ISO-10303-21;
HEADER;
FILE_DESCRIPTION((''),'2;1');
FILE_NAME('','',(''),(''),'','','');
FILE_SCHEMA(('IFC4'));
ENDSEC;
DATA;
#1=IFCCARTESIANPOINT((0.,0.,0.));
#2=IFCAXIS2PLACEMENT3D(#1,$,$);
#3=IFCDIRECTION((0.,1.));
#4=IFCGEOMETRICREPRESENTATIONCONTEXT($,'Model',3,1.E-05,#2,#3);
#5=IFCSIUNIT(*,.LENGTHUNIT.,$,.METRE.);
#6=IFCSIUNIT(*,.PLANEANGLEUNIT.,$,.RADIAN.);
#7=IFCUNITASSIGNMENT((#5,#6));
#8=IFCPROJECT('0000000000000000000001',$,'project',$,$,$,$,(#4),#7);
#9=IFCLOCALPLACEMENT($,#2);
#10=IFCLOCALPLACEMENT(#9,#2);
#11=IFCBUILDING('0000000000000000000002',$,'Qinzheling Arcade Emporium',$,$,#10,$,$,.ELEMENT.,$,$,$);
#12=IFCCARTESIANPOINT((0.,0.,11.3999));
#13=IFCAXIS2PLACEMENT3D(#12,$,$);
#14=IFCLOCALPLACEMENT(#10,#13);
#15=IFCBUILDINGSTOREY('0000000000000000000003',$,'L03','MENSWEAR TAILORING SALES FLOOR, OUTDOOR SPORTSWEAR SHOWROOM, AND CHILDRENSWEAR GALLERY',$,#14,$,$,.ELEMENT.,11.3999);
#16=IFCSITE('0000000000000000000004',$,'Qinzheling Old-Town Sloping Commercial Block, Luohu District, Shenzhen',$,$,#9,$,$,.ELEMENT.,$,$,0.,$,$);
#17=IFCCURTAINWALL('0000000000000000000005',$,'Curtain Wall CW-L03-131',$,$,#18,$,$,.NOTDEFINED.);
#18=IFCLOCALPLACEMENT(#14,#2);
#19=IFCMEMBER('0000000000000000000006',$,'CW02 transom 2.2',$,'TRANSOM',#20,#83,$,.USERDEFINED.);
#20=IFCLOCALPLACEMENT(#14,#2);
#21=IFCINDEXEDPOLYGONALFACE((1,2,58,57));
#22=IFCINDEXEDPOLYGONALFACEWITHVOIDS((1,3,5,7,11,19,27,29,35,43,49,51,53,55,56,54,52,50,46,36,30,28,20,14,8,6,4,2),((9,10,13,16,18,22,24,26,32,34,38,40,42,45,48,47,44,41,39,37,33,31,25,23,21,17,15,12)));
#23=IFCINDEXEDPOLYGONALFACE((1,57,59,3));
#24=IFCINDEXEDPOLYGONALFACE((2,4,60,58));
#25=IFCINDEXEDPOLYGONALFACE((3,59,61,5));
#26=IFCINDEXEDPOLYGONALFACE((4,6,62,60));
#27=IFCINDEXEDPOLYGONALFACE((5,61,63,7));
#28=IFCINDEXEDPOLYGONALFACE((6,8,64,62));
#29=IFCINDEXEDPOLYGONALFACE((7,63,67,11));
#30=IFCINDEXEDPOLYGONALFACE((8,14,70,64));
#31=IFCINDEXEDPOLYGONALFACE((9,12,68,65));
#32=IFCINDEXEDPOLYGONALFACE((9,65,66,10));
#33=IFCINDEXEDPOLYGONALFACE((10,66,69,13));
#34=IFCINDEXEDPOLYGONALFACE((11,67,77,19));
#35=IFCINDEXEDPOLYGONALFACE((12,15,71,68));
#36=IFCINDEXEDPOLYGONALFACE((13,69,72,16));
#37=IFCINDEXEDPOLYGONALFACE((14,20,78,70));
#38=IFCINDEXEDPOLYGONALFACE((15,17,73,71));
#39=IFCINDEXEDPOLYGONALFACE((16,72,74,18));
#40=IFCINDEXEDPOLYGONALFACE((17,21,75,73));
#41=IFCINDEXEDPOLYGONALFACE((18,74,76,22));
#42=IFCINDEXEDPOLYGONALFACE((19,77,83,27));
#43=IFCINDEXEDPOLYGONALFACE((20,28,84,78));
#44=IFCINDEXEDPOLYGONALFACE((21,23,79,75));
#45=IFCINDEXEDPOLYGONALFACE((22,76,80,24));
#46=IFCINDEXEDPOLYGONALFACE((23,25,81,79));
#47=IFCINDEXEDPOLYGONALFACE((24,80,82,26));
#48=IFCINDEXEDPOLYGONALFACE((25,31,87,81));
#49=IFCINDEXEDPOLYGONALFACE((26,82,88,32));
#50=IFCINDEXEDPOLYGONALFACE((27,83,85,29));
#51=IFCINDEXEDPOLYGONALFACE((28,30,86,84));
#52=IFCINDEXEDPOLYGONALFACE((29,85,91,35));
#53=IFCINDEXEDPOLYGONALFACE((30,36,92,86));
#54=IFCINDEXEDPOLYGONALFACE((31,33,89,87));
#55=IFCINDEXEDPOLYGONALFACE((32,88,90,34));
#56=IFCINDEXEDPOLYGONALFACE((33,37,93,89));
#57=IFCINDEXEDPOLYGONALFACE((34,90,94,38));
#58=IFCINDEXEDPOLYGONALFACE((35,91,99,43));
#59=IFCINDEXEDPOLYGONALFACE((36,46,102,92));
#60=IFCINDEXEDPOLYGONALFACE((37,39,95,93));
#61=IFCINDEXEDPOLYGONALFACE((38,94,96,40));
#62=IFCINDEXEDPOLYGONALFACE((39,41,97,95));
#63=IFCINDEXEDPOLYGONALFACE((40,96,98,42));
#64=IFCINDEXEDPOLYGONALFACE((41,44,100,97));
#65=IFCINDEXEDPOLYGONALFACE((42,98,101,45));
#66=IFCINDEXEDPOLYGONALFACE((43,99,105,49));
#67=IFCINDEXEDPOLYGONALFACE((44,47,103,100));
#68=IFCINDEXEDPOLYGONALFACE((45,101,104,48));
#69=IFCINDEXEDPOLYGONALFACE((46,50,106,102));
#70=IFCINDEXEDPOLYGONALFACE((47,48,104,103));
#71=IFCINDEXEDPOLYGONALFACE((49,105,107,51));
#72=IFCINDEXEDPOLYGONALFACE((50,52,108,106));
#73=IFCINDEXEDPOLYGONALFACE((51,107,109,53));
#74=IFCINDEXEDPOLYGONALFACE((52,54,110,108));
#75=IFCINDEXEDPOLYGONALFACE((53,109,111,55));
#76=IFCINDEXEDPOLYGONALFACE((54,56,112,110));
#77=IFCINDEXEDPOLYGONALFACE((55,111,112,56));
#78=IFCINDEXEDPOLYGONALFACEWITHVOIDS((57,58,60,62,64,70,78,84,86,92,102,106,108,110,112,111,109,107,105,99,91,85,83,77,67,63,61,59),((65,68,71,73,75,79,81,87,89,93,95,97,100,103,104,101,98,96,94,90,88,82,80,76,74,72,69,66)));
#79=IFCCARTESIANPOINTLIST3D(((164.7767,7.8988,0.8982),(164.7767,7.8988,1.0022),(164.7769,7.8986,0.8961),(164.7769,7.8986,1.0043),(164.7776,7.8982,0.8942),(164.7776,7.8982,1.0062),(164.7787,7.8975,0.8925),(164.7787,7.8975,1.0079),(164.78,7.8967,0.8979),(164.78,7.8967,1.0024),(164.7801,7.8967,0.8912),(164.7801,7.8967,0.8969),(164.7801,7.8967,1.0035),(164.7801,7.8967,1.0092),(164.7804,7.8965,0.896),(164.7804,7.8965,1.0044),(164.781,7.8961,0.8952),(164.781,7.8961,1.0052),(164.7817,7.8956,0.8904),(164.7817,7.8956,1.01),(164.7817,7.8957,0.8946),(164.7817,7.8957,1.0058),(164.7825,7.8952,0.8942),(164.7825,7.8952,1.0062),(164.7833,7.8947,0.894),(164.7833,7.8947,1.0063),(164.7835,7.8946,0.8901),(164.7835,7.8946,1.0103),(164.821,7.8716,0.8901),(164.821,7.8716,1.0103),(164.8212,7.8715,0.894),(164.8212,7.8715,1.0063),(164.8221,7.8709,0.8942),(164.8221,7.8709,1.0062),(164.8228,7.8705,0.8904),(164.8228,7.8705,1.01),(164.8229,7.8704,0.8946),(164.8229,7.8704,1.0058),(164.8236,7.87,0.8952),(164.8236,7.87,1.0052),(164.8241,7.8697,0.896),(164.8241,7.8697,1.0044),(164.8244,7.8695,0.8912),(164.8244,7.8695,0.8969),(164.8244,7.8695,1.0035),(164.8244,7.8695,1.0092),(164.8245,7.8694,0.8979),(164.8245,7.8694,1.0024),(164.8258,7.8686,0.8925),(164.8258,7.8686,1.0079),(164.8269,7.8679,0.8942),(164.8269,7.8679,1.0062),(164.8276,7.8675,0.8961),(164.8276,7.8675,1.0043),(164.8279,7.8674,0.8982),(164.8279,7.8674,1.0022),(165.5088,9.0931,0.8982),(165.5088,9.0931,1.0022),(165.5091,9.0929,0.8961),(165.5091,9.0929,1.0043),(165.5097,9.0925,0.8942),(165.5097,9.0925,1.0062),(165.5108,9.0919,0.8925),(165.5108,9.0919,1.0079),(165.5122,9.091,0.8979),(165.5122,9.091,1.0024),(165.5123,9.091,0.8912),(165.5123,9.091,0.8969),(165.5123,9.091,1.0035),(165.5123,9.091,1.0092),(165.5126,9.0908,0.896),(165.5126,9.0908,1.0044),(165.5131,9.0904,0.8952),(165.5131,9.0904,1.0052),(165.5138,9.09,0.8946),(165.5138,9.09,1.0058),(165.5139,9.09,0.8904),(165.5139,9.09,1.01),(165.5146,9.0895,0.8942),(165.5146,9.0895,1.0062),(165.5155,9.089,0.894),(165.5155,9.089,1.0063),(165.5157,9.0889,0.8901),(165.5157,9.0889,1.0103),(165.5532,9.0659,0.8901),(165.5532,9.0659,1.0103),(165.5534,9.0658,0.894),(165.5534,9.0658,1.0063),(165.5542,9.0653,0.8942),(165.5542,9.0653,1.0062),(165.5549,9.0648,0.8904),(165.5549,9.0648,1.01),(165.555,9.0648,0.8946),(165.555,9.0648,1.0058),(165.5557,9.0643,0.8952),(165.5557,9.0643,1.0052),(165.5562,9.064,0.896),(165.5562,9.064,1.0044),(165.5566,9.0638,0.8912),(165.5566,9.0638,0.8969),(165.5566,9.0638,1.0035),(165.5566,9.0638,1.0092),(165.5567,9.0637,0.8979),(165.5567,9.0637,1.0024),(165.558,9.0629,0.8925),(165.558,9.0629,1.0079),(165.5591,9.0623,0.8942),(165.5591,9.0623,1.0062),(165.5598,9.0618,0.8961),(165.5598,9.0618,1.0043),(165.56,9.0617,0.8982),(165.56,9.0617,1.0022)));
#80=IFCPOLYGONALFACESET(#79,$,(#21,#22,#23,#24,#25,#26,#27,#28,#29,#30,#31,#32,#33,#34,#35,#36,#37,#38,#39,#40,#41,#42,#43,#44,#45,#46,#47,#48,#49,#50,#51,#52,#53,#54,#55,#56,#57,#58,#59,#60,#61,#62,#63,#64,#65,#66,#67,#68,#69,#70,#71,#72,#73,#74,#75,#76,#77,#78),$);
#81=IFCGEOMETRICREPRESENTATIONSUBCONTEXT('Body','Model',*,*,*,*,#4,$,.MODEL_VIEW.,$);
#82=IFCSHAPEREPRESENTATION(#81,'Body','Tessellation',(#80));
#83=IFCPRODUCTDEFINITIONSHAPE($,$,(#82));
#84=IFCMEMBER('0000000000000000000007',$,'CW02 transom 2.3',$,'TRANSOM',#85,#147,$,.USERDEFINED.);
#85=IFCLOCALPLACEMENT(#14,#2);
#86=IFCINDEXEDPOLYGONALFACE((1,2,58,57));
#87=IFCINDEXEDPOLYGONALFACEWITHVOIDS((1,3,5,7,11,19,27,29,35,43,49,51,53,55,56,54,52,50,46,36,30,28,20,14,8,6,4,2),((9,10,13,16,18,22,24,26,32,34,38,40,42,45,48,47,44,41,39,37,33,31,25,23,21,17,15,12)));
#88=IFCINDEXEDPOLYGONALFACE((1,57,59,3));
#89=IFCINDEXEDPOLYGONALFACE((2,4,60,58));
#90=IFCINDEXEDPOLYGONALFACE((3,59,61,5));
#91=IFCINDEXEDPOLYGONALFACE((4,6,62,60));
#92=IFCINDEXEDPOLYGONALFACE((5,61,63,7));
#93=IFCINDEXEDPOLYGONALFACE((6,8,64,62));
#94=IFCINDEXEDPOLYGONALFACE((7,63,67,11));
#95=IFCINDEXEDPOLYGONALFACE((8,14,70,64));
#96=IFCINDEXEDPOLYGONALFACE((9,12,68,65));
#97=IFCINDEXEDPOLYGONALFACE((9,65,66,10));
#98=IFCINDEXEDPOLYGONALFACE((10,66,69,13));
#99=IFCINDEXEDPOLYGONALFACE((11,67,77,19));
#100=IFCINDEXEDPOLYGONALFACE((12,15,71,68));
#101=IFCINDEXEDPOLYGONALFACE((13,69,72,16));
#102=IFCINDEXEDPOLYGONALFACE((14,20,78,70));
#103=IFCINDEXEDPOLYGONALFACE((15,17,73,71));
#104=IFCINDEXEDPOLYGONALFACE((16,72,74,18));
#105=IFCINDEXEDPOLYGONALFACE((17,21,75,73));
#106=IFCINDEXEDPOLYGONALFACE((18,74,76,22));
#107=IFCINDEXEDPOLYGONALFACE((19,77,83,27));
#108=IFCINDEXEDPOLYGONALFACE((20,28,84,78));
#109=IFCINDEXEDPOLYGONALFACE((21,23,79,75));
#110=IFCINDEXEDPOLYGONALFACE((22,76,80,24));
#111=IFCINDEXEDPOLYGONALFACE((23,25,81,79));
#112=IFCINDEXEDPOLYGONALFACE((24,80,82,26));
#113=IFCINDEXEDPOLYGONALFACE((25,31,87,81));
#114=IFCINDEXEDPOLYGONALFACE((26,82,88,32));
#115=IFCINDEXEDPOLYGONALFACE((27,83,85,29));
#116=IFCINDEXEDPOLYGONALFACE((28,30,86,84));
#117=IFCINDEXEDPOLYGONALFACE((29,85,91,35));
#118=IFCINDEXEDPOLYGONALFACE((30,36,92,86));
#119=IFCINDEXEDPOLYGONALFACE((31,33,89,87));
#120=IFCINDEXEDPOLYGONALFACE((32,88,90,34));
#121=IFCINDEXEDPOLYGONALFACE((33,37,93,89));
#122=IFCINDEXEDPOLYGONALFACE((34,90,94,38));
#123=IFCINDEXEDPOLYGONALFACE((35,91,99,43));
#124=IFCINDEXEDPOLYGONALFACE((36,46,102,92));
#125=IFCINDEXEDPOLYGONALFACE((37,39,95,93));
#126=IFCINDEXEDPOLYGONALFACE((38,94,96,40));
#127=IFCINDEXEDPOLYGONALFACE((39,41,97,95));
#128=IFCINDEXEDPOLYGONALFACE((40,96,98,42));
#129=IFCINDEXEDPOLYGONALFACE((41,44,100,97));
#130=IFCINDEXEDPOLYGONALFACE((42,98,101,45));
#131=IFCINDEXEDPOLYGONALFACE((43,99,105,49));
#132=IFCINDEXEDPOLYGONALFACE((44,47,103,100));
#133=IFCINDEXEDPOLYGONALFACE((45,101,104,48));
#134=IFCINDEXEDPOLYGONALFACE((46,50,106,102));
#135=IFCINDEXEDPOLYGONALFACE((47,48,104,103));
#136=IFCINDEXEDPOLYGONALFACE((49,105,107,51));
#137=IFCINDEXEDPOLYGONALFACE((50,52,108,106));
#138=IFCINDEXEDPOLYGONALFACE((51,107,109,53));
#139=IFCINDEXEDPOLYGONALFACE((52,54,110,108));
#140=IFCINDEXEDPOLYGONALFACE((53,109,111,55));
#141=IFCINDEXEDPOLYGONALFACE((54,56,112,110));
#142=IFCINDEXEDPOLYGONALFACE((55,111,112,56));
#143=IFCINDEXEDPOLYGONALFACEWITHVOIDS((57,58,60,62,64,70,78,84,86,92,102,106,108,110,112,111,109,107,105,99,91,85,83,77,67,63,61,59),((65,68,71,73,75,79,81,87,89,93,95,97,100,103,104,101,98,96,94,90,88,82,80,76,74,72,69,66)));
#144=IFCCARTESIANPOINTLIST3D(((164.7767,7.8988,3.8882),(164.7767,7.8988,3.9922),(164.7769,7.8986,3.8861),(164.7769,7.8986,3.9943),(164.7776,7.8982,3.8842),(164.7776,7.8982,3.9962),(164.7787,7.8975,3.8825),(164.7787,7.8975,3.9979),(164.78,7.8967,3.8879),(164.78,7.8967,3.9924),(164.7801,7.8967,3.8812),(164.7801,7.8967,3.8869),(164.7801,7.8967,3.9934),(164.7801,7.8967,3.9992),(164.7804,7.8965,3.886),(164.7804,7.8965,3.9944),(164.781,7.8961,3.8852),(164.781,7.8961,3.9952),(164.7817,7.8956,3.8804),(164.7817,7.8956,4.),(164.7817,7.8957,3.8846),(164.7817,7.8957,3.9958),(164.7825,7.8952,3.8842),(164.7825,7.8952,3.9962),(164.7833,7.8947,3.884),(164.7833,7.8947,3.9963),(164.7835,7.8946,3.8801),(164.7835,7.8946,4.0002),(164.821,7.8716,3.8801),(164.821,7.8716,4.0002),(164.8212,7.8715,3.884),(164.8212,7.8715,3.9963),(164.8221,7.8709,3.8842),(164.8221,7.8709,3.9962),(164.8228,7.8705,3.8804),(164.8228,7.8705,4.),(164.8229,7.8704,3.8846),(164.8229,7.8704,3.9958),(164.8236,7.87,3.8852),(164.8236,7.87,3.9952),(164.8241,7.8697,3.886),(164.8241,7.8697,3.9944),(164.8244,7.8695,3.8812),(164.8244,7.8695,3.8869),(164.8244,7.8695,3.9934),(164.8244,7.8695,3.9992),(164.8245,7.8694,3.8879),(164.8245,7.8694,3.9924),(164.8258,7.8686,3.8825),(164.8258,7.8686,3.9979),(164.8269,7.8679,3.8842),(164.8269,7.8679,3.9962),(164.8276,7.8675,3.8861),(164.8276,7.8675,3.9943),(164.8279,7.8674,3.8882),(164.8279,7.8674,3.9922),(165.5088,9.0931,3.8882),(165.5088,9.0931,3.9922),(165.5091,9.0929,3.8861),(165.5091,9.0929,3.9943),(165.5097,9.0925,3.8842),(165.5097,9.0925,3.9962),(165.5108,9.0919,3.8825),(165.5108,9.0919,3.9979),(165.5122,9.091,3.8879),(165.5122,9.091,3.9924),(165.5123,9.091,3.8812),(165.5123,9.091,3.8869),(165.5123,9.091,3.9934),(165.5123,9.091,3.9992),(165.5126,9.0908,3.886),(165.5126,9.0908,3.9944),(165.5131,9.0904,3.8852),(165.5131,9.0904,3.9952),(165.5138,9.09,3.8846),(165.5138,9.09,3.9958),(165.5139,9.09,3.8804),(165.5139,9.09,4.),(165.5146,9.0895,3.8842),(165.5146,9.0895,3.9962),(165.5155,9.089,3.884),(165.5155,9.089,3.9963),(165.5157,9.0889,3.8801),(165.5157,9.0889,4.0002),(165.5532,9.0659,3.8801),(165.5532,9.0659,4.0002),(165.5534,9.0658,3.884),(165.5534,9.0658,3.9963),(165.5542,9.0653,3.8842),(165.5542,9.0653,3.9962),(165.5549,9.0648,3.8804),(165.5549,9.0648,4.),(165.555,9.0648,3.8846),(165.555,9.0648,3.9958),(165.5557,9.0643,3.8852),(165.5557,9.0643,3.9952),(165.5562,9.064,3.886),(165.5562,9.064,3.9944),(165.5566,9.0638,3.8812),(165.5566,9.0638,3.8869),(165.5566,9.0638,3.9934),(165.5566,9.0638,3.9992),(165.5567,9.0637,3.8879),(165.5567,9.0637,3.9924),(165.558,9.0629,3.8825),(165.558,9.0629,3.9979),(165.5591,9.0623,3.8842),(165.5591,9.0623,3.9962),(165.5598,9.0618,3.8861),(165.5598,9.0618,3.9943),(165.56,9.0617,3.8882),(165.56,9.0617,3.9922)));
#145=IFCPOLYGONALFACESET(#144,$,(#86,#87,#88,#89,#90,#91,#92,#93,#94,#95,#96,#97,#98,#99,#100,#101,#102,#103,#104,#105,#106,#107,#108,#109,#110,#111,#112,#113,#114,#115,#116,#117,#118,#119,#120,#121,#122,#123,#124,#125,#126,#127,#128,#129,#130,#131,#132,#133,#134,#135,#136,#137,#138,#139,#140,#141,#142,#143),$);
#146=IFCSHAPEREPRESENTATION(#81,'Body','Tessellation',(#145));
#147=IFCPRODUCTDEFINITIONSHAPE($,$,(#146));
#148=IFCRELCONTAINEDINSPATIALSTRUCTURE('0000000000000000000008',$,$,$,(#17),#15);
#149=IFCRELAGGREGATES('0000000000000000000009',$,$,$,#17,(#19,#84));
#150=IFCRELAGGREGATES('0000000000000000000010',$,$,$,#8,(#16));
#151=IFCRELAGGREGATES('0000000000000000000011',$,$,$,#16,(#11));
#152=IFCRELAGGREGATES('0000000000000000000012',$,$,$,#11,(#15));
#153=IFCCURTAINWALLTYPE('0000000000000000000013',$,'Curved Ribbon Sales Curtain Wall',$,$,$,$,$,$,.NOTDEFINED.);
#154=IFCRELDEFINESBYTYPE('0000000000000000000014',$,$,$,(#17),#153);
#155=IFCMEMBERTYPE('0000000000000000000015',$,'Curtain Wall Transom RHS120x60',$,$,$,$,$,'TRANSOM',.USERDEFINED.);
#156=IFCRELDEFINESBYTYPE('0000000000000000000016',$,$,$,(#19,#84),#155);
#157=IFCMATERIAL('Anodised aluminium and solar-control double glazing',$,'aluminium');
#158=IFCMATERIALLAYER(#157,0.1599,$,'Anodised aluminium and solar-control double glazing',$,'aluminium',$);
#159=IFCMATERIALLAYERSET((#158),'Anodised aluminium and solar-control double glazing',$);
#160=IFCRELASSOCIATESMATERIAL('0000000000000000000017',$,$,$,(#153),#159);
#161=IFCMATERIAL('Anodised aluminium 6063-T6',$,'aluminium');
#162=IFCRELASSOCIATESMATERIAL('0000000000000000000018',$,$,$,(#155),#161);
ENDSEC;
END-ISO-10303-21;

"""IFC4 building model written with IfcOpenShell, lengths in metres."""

from ifc_helpers import new_model, si_unit, direction, frame, origin, origin_2d, place, context, subcontext, project, spatial, hollow_rectangle, extrude, material, layer, layer_set, material_profile, profile_set, type_object, element, aggregate, save


model = new_model("IFC4")

# Units and contexts
model_context = context("Model", 3, precision=1e-05, world=origin(), true_north=direction((0.0, 1.0)))
body_context = subcontext(model_context, "Body", "Model", "MODEL_VIEW")
ifc_project = project(units=[si_unit("LENGTHUNIT", "METRE"), si_unit("PLANEANGLEUNIT", "RADIAN")], contexts=[model_context])

# Site, building, storey
site_placement = place(None, origin())
site = spatial("IfcSite", under=ifc_project, at=site_placement, Name="Qinzheling Old-Town Sloping Commercial Block, Luohu District, Shenzhen", CompositionType="ELEMENT", RefElevation=0.0)
building_placement = place(site_placement, origin())
building = spatial("IfcBuilding", under=site, at=building_placement, Name="Qinzheling Arcade Emporium", CompositionType="ELEMENT")
storey_placement = place(building_placement, frame((0.0, 0.0, 11.3999)))
storey = spatial("IfcBuildingStorey", under=building, at=storey_placement, Name="L03", Description="MENSWEAR TAILORING SALES FLOOR, OUTDOOR SPORTSWEAR SHOWROOM, AND CHILDRENSWEAR GALLERY", CompositionType="ELEMENT", Elevation=11.3999)

# Curtain wall
ifc_material_1 = material(Name="Anodised aluminium and solar-control double glazing", Category="aluminium")
ifc_layer_1 = layer(ifc_material_1, 0.1599, Name="Anodised aluminium and solar-control double glazing", Category="aluminium")
ifc_layer_set_1 = layer_set([ifc_layer_1], Name="Anodised aluminium and solar-control double glazing")
curtain_wall_type = type_object("IfcCurtainWallType", Name="Curved Ribbon Sales Curtain Wall", PredefinedType="NOTDEFINED", material=ifc_layer_set_1)
curtain_wall_1_placement = place(storey_placement, origin())
curtain_wall_1 = element("IfcCurtainWall", 1, at=curtain_wall_1_placement, inside=storey, type_object=curtain_wall_type, Name="Curtain Wall CW-L03-131", PredefinedType="NOTDEFINED")
ifc_material_2 = material(Name="Anodised aluminium 6063-T6", Category="aluminium")

# Members
ifc_material_profile_1 = material_profile(ifc_material_2, hollow_rectangle(XDim=0.0601, YDim=0.1201, WallThickness=0.0039, InnerFilletRadius=0.0039, OuterFilletRadius=0.0081, at=origin_2d()), Name="RHS 120x60x4", Category="aluminium")
ifc_profile_set_1 = profile_set([ifc_material_profile_1], Name="Anodised aluminium 6063-T6")
member_type_1 = type_object("IfcMemberType", Name="Curtain Wall Transom RHS120x60", ElementType="TRANSOM", PredefinedType="USERDEFINED", material=ifc_profile_set_1)
member_1_placement = place(storey_placement, frame((165.5344, 9.0774, 0.9502), z_axis=(-0.522648, -0.852549, 0.0), x_axis=(0.852549, -0.522648, 0.0)))
member_1 = element("IfcMember", 2, at=member_1_placement, type_object=member_type_1, Name="CW02 transom 2.2", ObjectType="TRANSOM", PredefinedType="USERDEFINED", context=body_context, shape_type="SweptSolid", body=[
    extrude(hollow_rectangle(XDim=0.0601, YDim=0.1201, WallThickness=0.0039, InnerFilletRadius=0.0039, OuterFilletRadius=0.0081, at=origin_2d()), origin(), (0.0, 0.0, 1.0), 1.4009),
])
member_2_placement = place(storey_placement, frame((165.5344, 9.0774, 3.9402), z_axis=(-0.522648, -0.852549, 0.0), x_axis=(0.852549, -0.522648, 0.0)))
member_2 = element("IfcMember", 3, at=member_2_placement, type_object=member_type_1, Name="CW02 transom 2.3", ObjectType="TRANSOM", PredefinedType="USERDEFINED", context=body_context, shape_type="SweptSolid", body=[
    extrude(hollow_rectangle(XDim=0.0601, YDim=0.1201, WallThickness=0.0039, InnerFilletRadius=0.0039, OuterFilletRadius=0.0081, at=origin_2d()), origin(), (0.0, 0.0, 1.0), 1.4009),
])

aggregate(curtain_wall_1, [member_1, member_2])

save(model, "model.ifc")
